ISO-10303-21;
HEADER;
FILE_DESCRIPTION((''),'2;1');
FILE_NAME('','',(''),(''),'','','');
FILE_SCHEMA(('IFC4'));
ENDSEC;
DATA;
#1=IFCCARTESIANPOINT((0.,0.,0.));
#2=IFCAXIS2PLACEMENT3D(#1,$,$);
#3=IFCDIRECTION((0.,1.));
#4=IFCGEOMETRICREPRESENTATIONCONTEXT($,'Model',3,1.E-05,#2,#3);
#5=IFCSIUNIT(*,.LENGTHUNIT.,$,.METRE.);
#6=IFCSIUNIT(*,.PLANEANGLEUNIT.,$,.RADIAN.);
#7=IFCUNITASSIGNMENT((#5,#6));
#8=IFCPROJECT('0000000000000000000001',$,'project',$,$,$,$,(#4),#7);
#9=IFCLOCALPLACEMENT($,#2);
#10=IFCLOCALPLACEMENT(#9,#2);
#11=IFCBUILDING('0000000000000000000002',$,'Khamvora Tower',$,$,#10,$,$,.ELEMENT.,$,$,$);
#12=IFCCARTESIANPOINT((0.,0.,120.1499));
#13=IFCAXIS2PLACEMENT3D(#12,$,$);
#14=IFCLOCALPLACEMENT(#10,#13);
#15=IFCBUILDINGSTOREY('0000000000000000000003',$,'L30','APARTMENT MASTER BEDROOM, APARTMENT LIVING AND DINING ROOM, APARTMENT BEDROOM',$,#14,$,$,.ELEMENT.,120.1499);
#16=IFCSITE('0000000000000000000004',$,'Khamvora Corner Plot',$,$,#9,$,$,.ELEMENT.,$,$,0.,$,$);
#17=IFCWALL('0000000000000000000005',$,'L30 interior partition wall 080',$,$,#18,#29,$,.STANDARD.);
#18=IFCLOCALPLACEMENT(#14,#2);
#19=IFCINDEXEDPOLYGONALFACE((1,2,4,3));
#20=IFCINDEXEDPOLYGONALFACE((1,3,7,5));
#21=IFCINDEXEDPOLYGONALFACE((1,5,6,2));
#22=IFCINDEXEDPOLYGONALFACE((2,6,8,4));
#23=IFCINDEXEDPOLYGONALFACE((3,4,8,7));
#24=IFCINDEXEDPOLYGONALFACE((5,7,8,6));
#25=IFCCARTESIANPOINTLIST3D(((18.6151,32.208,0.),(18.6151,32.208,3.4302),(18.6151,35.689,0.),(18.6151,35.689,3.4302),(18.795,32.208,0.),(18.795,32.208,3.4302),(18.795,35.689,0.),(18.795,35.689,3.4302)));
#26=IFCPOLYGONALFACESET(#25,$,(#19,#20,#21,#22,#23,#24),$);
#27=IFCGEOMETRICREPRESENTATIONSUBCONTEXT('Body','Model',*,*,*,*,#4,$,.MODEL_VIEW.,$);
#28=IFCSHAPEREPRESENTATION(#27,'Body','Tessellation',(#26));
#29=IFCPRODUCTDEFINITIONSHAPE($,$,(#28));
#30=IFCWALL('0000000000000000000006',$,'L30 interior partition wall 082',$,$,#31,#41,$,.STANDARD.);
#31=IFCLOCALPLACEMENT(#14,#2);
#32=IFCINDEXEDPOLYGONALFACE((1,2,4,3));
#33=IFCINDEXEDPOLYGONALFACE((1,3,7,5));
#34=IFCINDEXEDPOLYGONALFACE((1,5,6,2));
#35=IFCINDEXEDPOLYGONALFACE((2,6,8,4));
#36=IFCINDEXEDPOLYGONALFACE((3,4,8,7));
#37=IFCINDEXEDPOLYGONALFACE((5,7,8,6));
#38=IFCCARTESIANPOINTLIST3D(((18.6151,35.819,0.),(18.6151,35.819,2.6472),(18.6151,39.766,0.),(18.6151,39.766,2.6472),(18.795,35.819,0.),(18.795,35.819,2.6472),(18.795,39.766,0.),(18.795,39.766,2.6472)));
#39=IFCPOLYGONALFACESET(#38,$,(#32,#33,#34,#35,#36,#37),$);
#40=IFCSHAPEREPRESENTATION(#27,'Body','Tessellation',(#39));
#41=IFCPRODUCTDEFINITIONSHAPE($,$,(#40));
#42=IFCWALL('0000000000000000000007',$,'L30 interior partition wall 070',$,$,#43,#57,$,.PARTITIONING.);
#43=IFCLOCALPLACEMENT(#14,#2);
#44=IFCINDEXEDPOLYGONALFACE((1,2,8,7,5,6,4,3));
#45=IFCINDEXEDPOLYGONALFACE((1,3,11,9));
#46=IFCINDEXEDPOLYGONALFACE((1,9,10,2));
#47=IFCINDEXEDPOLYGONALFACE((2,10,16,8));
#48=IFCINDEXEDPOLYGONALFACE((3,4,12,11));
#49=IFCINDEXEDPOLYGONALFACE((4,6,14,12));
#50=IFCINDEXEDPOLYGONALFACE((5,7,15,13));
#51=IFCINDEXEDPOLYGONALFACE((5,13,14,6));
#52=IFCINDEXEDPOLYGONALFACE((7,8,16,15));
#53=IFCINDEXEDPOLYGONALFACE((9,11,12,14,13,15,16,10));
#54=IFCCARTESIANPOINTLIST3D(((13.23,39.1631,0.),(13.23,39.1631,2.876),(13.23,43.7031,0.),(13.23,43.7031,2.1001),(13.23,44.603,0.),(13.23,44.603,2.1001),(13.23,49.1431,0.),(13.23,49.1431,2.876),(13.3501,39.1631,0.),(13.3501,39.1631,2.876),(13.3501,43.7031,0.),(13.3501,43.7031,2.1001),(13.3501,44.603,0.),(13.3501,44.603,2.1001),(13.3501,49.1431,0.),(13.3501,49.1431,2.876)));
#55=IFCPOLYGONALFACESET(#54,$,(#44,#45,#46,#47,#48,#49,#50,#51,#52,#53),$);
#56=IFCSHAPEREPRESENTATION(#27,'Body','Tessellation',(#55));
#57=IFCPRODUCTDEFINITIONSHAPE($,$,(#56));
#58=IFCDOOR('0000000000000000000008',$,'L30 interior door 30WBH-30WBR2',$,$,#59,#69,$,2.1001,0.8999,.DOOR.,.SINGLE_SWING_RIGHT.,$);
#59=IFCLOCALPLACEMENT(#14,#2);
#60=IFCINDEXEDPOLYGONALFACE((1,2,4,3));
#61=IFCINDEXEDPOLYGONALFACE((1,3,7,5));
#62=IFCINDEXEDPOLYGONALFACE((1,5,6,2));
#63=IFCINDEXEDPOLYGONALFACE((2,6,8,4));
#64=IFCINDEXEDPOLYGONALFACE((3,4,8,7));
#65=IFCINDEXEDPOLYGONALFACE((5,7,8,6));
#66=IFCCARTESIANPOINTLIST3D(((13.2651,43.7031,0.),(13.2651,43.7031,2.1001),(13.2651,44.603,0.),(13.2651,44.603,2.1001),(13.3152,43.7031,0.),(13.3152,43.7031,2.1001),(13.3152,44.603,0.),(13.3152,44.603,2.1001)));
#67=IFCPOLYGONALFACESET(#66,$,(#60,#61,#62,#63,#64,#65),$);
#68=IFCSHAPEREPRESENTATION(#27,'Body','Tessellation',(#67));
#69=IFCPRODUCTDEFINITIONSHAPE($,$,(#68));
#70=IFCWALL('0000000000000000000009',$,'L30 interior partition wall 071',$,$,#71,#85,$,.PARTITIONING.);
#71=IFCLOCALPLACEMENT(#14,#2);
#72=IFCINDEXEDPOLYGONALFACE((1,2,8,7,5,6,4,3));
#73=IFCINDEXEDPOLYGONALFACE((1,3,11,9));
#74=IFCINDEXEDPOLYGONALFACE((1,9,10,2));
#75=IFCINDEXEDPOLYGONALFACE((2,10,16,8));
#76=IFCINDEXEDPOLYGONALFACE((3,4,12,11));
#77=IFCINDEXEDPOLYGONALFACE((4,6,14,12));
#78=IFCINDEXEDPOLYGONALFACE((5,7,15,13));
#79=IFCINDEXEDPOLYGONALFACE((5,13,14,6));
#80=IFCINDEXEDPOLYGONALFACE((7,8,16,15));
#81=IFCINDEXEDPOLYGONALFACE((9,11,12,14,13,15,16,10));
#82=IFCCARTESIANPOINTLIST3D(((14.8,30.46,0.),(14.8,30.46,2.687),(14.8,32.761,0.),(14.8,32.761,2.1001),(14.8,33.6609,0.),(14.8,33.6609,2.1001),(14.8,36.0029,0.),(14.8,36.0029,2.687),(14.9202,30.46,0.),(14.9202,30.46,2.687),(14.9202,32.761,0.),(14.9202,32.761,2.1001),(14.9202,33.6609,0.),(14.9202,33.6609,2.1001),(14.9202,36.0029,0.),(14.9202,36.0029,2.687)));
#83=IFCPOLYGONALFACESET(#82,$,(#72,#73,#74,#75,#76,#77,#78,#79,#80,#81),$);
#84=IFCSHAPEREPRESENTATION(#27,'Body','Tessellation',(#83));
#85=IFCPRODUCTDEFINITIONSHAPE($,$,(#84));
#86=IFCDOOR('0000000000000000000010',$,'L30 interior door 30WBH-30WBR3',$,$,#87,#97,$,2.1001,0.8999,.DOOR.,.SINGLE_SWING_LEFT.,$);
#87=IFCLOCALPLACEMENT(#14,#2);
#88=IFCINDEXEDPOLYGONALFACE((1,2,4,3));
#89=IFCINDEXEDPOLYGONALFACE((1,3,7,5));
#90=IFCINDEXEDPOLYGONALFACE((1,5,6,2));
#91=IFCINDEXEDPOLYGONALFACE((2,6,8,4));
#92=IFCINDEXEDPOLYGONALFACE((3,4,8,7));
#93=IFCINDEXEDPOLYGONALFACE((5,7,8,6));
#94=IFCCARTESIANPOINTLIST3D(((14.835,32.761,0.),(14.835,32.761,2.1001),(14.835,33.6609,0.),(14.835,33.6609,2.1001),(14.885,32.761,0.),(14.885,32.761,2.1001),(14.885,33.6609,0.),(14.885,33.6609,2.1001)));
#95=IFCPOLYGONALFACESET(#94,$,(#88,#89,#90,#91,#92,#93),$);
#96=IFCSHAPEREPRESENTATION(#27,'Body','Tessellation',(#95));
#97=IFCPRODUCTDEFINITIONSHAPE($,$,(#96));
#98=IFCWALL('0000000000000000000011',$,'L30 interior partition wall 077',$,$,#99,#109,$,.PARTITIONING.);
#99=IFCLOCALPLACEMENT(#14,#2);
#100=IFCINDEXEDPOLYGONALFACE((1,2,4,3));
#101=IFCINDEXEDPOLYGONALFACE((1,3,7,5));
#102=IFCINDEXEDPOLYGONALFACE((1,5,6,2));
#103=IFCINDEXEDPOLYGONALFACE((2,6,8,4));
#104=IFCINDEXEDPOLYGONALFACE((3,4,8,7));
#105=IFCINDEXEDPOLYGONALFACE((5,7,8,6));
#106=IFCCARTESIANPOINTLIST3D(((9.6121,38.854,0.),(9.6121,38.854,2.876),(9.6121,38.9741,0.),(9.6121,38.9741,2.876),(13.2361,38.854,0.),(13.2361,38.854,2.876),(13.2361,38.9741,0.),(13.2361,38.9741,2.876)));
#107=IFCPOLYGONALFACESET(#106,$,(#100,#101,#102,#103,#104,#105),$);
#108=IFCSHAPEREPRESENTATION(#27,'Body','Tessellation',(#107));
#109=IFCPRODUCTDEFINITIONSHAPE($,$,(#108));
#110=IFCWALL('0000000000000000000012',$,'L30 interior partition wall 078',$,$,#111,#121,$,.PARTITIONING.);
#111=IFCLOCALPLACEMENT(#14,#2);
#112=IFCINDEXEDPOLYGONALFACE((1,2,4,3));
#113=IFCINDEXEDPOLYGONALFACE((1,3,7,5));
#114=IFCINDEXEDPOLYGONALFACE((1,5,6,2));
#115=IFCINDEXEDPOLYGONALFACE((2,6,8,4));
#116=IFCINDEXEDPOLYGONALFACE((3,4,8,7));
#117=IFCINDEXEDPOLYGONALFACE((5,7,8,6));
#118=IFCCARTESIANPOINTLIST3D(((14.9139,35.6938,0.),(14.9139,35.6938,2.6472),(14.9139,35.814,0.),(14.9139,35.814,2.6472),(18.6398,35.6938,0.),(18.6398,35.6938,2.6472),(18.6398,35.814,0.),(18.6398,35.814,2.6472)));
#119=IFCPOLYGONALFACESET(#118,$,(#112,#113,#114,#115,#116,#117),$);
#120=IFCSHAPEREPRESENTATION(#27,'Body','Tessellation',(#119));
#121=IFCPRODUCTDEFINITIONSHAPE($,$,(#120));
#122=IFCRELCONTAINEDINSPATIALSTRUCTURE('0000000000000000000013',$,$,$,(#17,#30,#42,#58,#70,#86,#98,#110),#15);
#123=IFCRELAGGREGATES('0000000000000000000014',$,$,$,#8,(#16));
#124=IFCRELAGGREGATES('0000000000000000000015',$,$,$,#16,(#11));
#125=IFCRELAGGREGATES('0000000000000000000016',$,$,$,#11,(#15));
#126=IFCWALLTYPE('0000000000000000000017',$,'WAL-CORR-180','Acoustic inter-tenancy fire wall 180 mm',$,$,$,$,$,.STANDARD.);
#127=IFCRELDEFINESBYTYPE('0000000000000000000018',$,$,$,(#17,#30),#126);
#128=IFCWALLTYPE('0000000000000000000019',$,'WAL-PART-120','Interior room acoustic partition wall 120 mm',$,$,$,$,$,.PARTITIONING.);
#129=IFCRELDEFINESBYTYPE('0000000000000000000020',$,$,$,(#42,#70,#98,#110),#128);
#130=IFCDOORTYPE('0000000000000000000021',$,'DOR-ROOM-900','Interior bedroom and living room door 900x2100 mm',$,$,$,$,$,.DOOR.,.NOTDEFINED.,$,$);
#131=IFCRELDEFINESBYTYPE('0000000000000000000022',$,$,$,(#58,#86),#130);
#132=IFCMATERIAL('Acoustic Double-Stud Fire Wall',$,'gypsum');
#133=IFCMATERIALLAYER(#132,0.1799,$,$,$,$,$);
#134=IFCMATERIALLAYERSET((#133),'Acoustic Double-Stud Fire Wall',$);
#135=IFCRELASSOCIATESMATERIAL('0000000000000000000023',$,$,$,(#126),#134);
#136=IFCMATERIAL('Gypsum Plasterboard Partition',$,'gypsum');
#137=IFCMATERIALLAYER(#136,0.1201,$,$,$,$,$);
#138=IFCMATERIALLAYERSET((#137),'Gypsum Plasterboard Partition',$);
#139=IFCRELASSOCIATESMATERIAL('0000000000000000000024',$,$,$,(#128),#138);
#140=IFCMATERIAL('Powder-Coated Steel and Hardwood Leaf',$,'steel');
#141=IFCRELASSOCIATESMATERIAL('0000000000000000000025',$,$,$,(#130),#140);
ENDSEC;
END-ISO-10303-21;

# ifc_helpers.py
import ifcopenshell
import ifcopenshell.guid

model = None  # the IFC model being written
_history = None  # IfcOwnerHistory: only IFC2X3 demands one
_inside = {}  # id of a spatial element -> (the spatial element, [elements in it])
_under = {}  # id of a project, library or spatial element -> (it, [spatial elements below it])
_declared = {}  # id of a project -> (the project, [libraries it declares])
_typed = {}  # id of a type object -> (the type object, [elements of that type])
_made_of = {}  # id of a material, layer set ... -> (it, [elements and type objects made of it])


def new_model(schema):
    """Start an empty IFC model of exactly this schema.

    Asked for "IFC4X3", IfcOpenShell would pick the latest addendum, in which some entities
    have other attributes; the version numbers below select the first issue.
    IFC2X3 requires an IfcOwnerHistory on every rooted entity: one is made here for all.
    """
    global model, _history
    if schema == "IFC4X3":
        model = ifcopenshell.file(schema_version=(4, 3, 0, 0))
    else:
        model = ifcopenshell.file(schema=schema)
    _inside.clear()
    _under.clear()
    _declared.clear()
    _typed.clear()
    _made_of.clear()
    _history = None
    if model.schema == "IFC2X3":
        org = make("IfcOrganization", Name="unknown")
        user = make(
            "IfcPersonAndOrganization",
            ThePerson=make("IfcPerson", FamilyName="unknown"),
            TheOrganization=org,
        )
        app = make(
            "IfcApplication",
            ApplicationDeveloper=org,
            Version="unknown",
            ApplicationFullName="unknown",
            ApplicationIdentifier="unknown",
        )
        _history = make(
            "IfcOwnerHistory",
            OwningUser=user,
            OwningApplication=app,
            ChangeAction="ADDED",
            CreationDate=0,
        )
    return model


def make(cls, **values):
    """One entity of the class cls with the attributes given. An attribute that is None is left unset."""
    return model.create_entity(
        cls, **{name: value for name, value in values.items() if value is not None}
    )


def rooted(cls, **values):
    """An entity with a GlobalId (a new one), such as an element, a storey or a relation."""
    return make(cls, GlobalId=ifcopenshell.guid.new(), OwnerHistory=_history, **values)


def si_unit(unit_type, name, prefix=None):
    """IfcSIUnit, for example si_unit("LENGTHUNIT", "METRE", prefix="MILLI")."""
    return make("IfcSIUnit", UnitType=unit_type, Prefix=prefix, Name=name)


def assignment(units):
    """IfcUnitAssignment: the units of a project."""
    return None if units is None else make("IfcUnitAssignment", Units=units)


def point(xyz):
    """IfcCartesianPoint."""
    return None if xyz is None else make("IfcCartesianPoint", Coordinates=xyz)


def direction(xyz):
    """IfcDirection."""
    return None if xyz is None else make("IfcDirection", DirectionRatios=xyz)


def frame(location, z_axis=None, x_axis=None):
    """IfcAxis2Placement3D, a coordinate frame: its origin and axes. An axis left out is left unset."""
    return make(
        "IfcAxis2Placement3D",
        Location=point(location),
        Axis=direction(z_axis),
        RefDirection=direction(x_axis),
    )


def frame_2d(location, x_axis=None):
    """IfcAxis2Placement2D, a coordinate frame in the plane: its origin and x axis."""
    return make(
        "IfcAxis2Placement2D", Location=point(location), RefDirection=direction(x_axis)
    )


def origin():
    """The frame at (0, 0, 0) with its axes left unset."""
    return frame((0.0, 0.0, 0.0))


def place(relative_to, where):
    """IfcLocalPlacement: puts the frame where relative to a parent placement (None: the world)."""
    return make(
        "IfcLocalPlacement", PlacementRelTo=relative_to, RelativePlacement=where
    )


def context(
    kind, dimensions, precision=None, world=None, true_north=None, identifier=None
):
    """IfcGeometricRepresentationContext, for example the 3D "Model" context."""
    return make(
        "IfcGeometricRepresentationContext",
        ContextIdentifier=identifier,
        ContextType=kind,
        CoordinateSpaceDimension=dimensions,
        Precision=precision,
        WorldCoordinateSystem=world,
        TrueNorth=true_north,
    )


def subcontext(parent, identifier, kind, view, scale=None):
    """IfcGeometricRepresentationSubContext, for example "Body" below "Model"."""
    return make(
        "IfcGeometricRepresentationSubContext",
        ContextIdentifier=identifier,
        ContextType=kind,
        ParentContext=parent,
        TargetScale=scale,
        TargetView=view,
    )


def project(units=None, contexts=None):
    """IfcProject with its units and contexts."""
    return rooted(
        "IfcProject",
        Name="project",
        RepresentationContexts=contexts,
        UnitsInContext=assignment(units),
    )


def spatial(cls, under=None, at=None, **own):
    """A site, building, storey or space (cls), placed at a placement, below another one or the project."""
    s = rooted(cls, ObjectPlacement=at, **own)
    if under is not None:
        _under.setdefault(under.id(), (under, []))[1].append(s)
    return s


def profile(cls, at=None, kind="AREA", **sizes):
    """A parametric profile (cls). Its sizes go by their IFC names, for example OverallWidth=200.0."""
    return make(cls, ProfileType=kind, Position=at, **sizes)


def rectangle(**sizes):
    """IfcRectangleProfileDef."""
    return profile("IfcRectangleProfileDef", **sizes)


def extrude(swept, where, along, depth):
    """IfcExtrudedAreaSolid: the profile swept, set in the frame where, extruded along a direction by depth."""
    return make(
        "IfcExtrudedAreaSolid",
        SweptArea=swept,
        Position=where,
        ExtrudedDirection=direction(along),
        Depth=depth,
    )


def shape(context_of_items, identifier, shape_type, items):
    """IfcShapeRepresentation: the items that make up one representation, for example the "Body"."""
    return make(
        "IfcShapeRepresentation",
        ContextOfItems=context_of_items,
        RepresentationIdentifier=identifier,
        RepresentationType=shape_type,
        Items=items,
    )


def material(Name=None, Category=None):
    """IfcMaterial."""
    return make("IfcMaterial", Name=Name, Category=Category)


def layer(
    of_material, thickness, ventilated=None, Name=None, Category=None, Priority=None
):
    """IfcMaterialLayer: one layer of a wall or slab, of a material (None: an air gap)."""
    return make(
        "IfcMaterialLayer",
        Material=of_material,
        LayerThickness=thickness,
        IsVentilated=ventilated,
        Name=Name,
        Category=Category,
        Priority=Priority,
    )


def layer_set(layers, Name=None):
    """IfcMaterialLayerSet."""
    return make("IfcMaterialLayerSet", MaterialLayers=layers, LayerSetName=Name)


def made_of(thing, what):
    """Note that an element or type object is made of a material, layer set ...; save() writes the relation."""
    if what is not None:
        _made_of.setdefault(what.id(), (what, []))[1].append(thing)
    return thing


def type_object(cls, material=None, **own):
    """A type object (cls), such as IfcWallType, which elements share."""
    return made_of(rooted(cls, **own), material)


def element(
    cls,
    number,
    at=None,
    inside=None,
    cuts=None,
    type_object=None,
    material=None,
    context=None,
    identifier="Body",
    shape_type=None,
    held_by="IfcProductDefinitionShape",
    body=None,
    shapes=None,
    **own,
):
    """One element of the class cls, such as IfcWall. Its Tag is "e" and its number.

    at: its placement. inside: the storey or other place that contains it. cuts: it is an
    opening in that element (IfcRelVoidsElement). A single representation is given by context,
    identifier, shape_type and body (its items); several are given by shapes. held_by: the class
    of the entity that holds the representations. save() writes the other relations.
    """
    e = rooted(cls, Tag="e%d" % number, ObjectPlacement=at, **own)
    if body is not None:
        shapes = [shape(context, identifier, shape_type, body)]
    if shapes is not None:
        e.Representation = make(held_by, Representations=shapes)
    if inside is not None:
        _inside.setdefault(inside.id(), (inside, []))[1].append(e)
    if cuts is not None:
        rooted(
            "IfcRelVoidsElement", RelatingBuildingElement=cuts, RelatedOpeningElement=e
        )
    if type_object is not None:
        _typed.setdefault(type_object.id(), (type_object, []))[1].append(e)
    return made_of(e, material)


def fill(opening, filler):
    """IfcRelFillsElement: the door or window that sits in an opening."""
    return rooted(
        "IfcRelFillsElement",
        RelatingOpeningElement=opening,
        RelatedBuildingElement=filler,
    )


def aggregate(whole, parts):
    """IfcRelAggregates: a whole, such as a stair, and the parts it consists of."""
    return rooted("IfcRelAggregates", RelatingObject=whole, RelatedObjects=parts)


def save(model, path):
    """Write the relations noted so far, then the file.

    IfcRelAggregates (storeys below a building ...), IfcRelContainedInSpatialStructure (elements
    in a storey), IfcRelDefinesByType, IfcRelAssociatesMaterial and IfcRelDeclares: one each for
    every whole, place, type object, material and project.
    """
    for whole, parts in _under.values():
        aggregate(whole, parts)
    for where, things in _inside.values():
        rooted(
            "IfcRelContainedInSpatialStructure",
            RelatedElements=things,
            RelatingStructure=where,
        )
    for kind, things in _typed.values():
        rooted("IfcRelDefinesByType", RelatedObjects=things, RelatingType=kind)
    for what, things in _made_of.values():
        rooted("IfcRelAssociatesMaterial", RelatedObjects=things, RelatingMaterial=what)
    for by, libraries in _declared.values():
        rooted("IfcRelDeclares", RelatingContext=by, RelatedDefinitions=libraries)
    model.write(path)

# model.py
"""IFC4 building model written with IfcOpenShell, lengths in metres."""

from ifc_helpers import new_model, si_unit, direction, frame, frame_2d, origin, place, context, subcontext, project, spatial, rectangle, extrude, material, layer, layer_set, type_object, element, fill, save


model = new_model("IFC4")

# Units and contexts
model_context = context("Model", 3, precision=1e-05, world=origin(), true_north=direction((0.0, 1.0)))
body_context = subcontext(model_context, "Body", "Model", "MODEL_VIEW")
ifc_project = project(units=[si_unit("LENGTHUNIT", "METRE"), si_unit("PLANEANGLEUNIT", "RADIAN")], contexts=[model_context])

# Site, building, storey
site_placement = place(None, origin())
site = spatial("IfcSite", under=ifc_project, at=site_placement, Name="Khamvora Corner Plot", CompositionType="ELEMENT", RefElevation=0.0)
building_placement = place(site_placement, origin())
building = spatial("IfcBuilding", under=site, at=building_placement, Name="Khamvora Tower", CompositionType="ELEMENT")
storey_placement = place(building_placement, frame((0.0, 0.0, 120.1499)))
storey = spatial("IfcBuildingStorey", under=building, at=storey_placement, Name="L30", Description="APARTMENT MASTER BEDROOM, APARTMENT LIVING AND DINING ROOM, APARTMENT BEDROOM", CompositionType="ELEMENT", Elevation=120.1499)

# Walls
ifc_material_1 = material(Name="Acoustic Double-Stud Fire Wall", Category="gypsum")
ifc_layer_1 = layer(ifc_material_1, 0.1799)
ifc_layer_set_1 = layer_set([ifc_layer_1], Name="Acoustic Double-Stud Fire Wall")
wall_type_1 = type_object("IfcWallType", Name="WAL-CORR-180", Description="Acoustic inter-tenancy fire wall 180 mm", PredefinedType="STANDARD", material=ifc_layer_set_1)
wall_1_placement = place(storey_placement, frame((18.7051, 35.689, 0.0), z_axis=(0.0, 0.0, 1.0), x_axis=(0.0, -1.0, 0.0)))
element("IfcWall", 1, at=wall_1_placement, inside=storey, type_object=wall_type_1, Name="L30 interior partition wall 080", PredefinedType="STANDARD", context=body_context, shape_type="SweptSolid", body=[
    extrude(rectangle(XDim=3.481, YDim=0.1799, at=frame_2d((1.7405, 0.0))), origin(), (0.0, 0.0, 1.0), 3.4302),
])
wall_2_placement = place(storey_placement, frame((18.7051, 39.7661, 0.0), z_axis=(0.0, 0.0, 1.0), x_axis=(0.0, -1.0, 0.0)))
element("IfcWall", 2, at=wall_2_placement, inside=storey, type_object=wall_type_1, Name="L30 interior partition wall 082", PredefinedType="STANDARD", context=body_context, shape_type="SweptSolid", body=[
    extrude(rectangle(XDim=3.947, YDim=0.1799, at=frame_2d((1.9736, 0.0))), origin(), (0.0, 0.0, 1.0), 2.6472),
])

# Walls, openings, doors
ifc_material_2 = material(Name="Gypsum Plasterboard Partition", Category="gypsum")
ifc_layer_2 = layer(ifc_material_2, 0.1201)
ifc_layer_set_2 = layer_set([ifc_layer_2], Name="Gypsum Plasterboard Partition")
wall_type_2 = type_object("IfcWallType", Name="WAL-PART-120", Description="Interior room acoustic partition wall 120 mm", PredefinedType="PARTITIONING", material=ifc_layer_set_2)
wall_3_placement = place(storey_placement, frame((13.29, 39.1631, 0.0), z_axis=(0.0, 0.0, 1.0), x_axis=(0.0, 1.0, 0.0)))
wall_3 = element("IfcWall", 3, at=wall_3_placement, inside=storey, type_object=wall_type_2, Name="L30 interior partition wall 070", PredefinedType="PARTITIONING", context=body_context, shape_type="SweptSolid", body=[
    extrude(rectangle(XDim=9.98, YDim=0.1201, at=frame_2d((4.99, 0.0))), origin(), (0.0, 0.0, 1.0), 2.876),
])
opening_1_placement = place(wall_3_placement, frame((4.54, 0.0, 0.0)))
opening_1 = element("IfcOpeningElement", 4, at=opening_1_placement, cuts=wall_3, PredefinedType="OPENING", context=body_context, shape_type="SweptSolid", body=[
    extrude(rectangle(XDim=0.8999, YDim=2.1001, at=frame_2d((0.45, 1.05))), frame((0.0, 0.0701, 0.0), z_axis=(0.0, -1.0, 0.0), x_axis=(1.0, 0.0, 0.0)), (0.0, 0.0, 1.0), 0.1401),
])
ifc_material_3 = material(Name="Powder-Coated Steel and Hardwood Leaf", Category="steel")
door_type = type_object("IfcDoorType", Name="DOR-ROOM-900", Description="Interior bedroom and living room door 900x2100 mm", OperationType="NOTDEFINED", PredefinedType="DOOR", material=ifc_material_3)
door_1_placement = place(opening_1_placement, origin())
door_1 = element("IfcDoor", 5, at=door_1_placement, inside=storey, type_object=door_type, Name="L30 interior door 30WBH-30WBR2", OperationType="SINGLE_SWING_RIGHT", OverallHeight=2.1001, OverallWidth=0.8999, PredefinedType="DOOR", context=body_context, shape_type="SweptSolid", body=[
    extrude(rectangle(XDim=0.8999, YDim=2.1001, at=frame_2d((0.45, 1.05))), frame((0.0, 0.0249, 0.0), z_axis=(0.0, -1.0, 0.0), x_axis=(1.0, 0.0, 0.0)), (0.0, 0.0, 1.0), 0.05),
])
fill(opening_1, door_1)
wall_4_placement = place(storey_placement, frame((14.8601, 36.0029, 0.0), z_axis=(0.0, 0.0, 1.0), x_axis=(0.0, -1.0, 0.0)))
wall_4 = element("IfcWall", 6, at=wall_4_placement, inside=storey, type_object=wall_type_2, Name="L30 interior partition wall 071", PredefinedType="PARTITIONING", context=body_context, shape_type="SweptSolid", body=[
    extrude(rectangle(XDim=5.543, YDim=0.1201, at=frame_2d((2.7715, 0.0))), origin(), (0.0, 0.0, 1.0), 2.687),
])
opening_2_placement = place(wall_4_placement, frame((2.342, 0.0, 0.0)))
opening_2 = element("IfcOpeningElement", 7, at=opening_2_placement, cuts=wall_4, PredefinedType="OPENING", context=body_context, shape_type="SweptSolid", body=[
    extrude(rectangle(XDim=0.8999, YDim=2.1001, at=frame_2d((0.45, 1.05))), frame((0.0, 0.0701, 0.0), z_axis=(0.0, -1.0, 0.0), x_axis=(1.0, 0.0, 0.0)), (0.0, 0.0, 1.0), 0.1401),
])
door_2_placement = place(opening_2_placement, origin())
door_2 = element("IfcDoor", 8, at=door_2_placement, inside=storey, type_object=door_type, Name="L30 interior door 30WBH-30WBR3", OperationType="SINGLE_SWING_LEFT", OverallHeight=2.1001, OverallWidth=0.8999, PredefinedType="DOOR", context=body_context, shape_type="SweptSolid", body=[
    extrude(rectangle(XDim=0.8999, YDim=2.1001, at=frame_2d((0.45, 1.05))), frame((0.0, 0.0249, 0.0), z_axis=(0.0, -1.0, 0.0), x_axis=(1.0, 0.0, 0.0)), (0.0, 0.0, 1.0), 0.05),
])
fill(opening_2, door_2)

# Walls
wall_5_placement = place(storey_placement, frame((9.6121, 38.9141, 0.0), z_axis=(0.0, 0.0, 1.0), x_axis=(1.0, 0.0, 0.0)))
element("IfcWall", 9, at=wall_5_placement, inside=storey, type_object=wall_type_2, Name="L30 interior partition wall 077", PredefinedType="PARTITIONING", context=body_context, shape_type="SweptSolid", body=[
    extrude(rectangle(XDim=3.624, YDim=0.1201, at=frame_2d((1.812, 0.0))), origin(), (0.0, 0.0, 1.0), 2.876),
])
wall_6_placement = place(storey_placement, frame((14.9141, 35.7539, 0.0), z_axis=(0.0, 0.0, 1.0), x_axis=(1.0, 0.0, 0.0)))
element("IfcWall", 10, at=wall_6_placement, inside=storey, type_object=wall_type_2, Name="L30 interior partition wall 078", PredefinedType="PARTITIONING", context=body_context, shape_type="SweptSolid", body=[
    extrude(rectangle(XDim=3.7258, YDim=0.1201, at=frame_2d((1.8628, 0.0))), origin(), (0.0, 0.0, 1.0), 2.6472),
])

save(model, "model.ifc")
